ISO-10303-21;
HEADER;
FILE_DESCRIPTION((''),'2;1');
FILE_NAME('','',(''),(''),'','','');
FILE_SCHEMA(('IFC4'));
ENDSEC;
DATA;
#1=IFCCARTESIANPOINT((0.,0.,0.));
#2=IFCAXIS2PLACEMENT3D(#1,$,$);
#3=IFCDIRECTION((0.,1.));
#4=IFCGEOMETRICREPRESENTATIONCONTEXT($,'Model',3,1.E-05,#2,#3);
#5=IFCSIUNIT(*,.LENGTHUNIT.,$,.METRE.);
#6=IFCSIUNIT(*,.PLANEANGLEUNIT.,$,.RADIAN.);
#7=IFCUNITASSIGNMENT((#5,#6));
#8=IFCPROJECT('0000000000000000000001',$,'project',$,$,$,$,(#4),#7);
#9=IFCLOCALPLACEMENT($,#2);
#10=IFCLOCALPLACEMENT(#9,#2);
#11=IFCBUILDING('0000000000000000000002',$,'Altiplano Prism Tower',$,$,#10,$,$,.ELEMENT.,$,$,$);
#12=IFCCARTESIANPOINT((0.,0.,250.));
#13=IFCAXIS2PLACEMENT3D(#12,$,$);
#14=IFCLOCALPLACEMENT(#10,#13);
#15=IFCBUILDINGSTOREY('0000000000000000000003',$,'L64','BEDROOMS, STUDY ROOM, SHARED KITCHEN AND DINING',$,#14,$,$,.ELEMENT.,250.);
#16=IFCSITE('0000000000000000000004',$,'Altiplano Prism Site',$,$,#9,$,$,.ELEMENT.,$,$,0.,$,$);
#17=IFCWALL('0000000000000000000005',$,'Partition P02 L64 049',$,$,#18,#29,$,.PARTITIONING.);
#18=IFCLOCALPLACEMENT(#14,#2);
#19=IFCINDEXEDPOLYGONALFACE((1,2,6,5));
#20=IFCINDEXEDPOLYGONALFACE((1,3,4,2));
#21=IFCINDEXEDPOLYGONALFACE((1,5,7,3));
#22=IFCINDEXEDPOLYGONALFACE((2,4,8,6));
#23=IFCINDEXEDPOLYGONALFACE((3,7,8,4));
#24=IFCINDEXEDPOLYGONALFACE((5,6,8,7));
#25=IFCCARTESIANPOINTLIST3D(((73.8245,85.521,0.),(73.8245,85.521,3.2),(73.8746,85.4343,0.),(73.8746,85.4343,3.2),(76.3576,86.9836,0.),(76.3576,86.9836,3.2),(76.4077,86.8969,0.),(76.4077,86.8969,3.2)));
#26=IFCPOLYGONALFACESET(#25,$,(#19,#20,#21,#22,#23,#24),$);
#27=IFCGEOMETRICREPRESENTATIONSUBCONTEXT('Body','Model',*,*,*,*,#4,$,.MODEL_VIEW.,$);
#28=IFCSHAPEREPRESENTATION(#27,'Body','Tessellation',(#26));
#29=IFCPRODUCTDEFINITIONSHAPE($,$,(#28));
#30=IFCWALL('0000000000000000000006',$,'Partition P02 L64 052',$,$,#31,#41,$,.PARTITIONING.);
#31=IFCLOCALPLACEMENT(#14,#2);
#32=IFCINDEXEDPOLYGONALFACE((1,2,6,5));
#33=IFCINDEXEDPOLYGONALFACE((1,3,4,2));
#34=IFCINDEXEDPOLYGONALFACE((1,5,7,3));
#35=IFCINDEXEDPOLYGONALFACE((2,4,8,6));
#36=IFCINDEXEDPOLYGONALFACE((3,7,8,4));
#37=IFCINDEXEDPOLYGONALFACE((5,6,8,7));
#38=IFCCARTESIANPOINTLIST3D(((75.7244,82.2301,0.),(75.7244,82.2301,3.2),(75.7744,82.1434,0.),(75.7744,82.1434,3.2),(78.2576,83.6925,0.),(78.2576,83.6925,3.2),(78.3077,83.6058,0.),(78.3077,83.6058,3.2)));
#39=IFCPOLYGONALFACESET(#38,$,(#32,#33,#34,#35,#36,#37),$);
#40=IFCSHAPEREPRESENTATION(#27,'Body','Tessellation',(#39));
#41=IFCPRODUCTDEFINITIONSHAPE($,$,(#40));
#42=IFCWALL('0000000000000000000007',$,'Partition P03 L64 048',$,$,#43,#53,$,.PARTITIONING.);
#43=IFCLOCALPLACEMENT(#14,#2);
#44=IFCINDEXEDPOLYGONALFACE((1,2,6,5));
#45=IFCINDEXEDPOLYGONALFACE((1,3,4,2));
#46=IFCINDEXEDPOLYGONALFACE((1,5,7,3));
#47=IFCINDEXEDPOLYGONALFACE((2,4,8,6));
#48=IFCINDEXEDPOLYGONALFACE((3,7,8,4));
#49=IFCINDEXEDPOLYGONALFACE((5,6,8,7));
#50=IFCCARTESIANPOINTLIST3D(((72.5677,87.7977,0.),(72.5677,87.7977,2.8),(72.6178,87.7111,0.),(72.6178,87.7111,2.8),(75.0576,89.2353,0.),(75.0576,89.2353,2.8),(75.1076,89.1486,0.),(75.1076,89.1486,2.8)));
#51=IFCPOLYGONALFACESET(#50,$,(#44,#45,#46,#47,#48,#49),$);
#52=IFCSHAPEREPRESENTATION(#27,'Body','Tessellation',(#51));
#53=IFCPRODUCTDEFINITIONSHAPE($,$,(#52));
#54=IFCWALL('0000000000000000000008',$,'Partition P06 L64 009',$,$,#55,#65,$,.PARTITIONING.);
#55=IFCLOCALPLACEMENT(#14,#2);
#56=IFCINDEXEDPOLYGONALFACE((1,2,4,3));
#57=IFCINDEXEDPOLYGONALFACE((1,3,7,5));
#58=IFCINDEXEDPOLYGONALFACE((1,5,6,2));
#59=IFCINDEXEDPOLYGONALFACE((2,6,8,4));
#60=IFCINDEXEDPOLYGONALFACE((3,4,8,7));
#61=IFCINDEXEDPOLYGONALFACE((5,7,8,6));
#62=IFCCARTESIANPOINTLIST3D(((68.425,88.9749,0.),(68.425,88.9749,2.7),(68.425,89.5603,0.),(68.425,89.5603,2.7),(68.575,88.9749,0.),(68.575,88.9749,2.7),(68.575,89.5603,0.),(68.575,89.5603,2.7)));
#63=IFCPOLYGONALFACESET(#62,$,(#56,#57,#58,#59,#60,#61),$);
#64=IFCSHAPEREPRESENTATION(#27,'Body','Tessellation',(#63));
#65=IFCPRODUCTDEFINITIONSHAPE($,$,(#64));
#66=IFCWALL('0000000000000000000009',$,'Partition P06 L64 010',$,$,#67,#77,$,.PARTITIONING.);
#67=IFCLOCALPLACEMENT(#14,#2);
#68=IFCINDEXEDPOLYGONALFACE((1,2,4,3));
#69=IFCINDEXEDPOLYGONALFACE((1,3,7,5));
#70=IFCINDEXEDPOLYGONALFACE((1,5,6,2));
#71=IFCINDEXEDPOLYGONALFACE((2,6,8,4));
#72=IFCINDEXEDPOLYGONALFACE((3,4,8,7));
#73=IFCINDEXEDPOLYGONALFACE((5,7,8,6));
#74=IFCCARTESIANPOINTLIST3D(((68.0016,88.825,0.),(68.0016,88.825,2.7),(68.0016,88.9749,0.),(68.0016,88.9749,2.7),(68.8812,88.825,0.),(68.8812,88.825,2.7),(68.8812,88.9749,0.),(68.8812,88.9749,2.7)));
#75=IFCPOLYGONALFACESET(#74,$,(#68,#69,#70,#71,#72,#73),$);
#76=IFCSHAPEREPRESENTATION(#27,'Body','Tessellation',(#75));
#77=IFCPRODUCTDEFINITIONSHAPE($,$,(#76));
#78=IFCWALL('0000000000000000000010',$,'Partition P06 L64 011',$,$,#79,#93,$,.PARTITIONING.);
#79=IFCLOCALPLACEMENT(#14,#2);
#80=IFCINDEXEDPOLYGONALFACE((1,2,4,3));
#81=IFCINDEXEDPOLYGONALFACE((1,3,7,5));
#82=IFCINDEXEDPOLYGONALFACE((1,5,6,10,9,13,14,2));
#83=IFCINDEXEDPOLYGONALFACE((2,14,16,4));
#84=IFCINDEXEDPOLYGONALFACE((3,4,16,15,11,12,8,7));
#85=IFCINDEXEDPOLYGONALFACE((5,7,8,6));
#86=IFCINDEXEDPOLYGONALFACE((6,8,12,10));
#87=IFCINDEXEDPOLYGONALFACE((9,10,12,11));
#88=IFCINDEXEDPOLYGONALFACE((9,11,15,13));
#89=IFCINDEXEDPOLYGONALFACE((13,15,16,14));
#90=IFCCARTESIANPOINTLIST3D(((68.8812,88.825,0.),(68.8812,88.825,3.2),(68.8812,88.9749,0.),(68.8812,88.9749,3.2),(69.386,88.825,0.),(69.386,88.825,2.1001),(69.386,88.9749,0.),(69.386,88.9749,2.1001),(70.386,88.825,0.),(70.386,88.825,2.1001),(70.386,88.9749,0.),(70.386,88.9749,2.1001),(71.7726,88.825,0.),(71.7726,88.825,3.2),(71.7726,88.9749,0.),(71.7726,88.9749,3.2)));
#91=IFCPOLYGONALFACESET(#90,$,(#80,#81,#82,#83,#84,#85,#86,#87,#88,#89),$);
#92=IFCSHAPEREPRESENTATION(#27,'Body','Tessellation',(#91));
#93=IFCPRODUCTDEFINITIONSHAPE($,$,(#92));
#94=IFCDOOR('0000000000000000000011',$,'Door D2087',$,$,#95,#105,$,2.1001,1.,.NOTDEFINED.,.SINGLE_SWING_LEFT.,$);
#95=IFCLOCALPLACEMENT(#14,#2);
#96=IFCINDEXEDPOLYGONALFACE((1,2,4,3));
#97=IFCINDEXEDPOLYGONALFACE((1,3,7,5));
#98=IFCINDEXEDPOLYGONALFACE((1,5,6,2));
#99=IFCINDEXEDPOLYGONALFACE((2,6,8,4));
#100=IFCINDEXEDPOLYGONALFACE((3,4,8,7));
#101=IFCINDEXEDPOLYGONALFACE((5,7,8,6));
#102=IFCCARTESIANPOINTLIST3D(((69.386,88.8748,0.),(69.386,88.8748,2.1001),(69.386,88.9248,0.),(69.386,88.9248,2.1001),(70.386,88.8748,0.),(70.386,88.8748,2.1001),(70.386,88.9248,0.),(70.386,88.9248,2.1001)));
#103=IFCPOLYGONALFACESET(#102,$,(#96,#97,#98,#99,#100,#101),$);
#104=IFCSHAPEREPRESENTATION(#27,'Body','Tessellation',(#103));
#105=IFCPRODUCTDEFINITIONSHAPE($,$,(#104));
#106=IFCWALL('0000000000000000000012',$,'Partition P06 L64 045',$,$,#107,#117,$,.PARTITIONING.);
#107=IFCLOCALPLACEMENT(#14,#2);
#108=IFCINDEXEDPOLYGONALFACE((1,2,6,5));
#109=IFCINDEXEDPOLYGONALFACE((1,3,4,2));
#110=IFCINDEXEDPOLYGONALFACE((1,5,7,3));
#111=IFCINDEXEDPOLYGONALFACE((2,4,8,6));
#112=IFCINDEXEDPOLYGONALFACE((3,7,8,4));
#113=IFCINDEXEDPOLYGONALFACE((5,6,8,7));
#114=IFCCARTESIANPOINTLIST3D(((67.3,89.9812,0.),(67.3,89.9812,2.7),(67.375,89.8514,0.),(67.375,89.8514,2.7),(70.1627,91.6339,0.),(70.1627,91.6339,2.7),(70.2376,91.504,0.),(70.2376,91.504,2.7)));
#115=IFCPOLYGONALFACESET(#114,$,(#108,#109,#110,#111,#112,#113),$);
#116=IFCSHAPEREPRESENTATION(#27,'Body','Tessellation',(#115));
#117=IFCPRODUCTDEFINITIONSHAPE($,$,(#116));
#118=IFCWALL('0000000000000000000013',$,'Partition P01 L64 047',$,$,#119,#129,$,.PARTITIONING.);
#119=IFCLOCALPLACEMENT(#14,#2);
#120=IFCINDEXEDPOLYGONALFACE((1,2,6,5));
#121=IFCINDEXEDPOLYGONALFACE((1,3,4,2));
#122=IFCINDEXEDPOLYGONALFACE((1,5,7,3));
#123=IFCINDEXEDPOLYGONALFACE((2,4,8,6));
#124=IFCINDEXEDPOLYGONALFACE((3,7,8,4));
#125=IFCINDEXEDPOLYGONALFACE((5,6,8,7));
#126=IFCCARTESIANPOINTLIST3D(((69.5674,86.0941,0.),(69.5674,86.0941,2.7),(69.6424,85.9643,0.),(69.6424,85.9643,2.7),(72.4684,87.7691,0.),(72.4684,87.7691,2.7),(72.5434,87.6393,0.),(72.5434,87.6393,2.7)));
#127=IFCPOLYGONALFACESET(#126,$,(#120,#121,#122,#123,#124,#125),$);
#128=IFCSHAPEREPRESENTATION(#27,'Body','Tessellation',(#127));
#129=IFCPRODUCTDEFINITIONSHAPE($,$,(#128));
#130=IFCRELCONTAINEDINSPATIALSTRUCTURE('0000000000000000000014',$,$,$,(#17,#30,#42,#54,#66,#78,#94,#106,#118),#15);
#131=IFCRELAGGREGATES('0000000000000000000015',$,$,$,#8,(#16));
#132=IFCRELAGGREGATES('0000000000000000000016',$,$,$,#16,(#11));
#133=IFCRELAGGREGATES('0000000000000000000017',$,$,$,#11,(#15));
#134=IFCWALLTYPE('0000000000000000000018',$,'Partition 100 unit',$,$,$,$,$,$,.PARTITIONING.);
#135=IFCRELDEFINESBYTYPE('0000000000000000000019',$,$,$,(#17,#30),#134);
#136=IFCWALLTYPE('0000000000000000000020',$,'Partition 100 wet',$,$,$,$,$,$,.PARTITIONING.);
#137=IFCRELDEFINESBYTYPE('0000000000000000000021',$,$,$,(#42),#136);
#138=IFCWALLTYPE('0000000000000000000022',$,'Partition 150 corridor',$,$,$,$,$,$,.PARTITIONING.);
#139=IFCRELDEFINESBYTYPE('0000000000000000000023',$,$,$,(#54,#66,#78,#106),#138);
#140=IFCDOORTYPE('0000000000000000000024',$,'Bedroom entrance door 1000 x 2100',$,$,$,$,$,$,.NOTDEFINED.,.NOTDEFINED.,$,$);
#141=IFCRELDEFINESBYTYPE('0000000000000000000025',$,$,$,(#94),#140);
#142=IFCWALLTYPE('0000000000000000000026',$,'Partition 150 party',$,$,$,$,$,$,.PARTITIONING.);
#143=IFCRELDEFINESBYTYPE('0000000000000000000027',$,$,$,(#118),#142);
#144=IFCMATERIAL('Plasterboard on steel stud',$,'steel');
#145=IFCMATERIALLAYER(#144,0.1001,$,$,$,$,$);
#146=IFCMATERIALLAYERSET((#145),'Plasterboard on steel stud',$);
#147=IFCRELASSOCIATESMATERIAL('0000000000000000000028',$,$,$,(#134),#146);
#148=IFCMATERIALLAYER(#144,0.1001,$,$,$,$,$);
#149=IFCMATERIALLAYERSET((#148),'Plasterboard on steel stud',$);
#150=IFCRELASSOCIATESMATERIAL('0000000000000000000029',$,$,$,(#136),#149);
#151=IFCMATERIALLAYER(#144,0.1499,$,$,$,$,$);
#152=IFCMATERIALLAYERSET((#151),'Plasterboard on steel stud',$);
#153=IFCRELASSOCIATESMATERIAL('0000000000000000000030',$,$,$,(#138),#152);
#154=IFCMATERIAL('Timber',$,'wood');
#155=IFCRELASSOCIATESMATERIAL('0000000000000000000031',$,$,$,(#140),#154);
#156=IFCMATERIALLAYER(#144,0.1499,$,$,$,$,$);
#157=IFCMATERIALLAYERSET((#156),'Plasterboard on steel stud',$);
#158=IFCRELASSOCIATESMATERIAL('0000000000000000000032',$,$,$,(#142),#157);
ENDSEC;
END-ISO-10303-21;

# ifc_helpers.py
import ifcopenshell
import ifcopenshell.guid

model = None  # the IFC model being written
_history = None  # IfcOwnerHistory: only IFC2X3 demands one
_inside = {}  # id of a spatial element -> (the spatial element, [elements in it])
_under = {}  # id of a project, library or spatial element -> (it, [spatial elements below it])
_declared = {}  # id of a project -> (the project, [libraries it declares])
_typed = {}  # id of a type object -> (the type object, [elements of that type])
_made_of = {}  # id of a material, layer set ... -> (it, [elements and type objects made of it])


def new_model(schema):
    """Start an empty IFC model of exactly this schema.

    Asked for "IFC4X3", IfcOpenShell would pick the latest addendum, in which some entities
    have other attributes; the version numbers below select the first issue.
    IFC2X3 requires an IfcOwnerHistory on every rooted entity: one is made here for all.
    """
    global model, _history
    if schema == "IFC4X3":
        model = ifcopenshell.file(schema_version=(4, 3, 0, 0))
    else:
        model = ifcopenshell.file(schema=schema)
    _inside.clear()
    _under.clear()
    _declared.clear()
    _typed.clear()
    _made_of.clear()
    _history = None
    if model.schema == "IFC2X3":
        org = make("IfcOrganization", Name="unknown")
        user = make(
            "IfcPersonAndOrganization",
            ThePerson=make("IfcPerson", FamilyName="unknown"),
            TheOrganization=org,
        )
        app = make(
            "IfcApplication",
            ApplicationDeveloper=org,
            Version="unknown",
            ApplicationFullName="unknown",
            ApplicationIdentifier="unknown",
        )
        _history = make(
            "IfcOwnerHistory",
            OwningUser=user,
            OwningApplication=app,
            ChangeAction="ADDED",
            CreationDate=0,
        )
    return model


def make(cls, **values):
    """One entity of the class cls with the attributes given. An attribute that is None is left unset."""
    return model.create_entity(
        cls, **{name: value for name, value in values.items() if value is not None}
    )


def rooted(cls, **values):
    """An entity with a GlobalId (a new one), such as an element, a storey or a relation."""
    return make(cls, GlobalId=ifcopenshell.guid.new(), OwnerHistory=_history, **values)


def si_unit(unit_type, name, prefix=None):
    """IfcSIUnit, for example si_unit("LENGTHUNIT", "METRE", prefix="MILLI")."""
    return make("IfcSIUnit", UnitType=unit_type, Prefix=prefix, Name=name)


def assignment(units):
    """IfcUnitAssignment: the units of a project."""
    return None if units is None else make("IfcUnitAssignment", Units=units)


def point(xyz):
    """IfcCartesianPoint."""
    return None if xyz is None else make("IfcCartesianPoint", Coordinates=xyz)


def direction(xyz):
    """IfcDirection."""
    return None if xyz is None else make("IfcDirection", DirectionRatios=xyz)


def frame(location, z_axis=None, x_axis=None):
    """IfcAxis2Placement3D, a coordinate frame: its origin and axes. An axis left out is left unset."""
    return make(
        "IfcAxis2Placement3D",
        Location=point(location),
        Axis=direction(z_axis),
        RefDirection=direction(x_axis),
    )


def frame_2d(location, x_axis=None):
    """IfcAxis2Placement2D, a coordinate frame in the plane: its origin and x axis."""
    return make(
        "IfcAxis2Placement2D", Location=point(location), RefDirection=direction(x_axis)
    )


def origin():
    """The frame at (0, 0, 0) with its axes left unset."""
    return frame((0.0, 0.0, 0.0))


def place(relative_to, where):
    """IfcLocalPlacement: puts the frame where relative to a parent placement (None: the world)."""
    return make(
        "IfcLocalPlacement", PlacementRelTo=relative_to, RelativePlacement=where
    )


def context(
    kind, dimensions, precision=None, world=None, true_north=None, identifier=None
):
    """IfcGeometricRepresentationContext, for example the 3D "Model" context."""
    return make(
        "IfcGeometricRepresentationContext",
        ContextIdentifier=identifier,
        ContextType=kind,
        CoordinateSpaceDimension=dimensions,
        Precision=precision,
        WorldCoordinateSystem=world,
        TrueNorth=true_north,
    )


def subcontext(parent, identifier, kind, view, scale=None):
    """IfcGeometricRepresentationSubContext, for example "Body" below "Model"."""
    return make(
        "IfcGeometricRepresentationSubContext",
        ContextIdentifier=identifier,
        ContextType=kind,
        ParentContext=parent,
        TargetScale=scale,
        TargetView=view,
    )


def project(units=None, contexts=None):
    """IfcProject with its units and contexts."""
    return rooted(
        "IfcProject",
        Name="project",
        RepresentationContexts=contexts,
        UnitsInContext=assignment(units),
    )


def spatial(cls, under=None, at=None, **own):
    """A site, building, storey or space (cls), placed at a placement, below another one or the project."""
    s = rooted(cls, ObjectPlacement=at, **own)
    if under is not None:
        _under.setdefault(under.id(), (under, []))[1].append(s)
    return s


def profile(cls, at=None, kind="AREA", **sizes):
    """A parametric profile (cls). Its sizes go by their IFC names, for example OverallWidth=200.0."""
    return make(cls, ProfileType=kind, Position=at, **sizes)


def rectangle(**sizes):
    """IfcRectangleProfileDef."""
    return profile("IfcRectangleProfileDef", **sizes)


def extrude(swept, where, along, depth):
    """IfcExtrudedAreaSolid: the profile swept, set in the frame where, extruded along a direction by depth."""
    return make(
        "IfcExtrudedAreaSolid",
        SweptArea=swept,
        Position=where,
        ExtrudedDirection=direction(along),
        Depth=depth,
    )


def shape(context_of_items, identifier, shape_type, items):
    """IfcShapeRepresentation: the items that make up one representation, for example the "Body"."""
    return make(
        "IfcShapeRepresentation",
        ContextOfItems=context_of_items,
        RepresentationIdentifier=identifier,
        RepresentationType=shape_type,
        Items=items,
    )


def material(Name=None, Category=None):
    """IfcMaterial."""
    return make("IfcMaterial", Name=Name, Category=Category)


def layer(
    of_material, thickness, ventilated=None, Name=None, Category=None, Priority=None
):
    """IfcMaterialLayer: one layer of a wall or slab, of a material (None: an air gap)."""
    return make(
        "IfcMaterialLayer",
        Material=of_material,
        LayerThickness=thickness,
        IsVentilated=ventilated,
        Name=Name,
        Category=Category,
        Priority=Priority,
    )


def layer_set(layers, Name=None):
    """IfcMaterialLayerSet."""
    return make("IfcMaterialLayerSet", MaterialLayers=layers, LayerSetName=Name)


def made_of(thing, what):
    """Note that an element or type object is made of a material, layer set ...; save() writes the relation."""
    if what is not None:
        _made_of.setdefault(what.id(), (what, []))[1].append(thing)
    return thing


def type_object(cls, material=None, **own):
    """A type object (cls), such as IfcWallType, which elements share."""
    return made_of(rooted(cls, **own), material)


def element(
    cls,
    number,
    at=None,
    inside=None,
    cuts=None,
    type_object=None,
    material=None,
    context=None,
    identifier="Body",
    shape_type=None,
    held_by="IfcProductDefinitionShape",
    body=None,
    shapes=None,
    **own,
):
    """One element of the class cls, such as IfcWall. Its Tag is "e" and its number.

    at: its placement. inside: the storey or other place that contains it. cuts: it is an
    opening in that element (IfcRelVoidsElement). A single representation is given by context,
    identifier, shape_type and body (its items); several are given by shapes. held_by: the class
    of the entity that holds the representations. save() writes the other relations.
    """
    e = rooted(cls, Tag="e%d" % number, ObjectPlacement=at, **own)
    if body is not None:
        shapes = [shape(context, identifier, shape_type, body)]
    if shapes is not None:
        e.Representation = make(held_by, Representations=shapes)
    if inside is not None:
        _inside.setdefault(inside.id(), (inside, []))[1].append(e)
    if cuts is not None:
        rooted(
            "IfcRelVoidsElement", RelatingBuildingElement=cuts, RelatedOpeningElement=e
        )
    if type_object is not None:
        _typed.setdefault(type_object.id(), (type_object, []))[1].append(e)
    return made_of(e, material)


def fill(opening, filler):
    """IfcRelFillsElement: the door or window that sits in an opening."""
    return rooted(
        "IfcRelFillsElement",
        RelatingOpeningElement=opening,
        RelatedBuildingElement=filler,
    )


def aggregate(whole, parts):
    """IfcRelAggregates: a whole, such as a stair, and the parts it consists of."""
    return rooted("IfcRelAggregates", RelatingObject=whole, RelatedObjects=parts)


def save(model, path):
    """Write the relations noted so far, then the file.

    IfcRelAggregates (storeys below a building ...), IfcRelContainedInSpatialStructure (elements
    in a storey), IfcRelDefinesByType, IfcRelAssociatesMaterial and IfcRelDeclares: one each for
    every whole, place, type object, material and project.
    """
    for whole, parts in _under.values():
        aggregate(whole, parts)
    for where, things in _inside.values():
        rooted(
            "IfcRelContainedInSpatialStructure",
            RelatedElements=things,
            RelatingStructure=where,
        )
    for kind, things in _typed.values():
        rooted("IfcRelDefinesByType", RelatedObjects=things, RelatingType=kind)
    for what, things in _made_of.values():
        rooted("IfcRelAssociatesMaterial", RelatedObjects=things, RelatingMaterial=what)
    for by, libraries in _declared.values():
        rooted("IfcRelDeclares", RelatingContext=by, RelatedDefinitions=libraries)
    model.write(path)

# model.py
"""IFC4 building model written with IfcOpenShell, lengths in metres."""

from ifc_helpers import new_model, si_unit, direction, frame, frame_2d, origin, place, context, subcontext, project, spatial, rectangle, extrude, material, layer, layer_set, type_object, element, fill, save


model = new_model("IFC4")

# Units and contexts
model_context = context("Model", 3, precision=1e-05, world=origin(), true_north=direction((0.0, 1.0)))
body_context = subcontext(model_context, "Body", "Model", "MODEL_VIEW")
ifc_project = project(units=[si_unit("LENGTHUNIT", "METRE"), si_unit("PLANEANGLEUNIT", "RADIAN")], contexts=[model_context])

# Site, building, storey
site_placement = place(None, origin())
site = spatial("IfcSite", under=ifc_project, at=site_placement, Name="Altiplano Prism Site", CompositionType="ELEMENT", RefElevation=0.0)
building_placement = place(site_placement, origin())
building = spatial("IfcBuilding", under=site, at=building_placement, Name="Altiplano Prism Tower", CompositionType="ELEMENT")
storey_placement = place(building_placement, frame((0.0, 0.0, 250.0)))
storey = spatial("IfcBuildingStorey", under=building, at=storey_placement, Name="L64", Description="BEDROOMS, STUDY ROOM, SHARED KITCHEN AND DINING", CompositionType="ELEMENT", Elevation=250.0)

# Shared definitions
ifc_material_1 = material(Name="Plasterboard on steel stud", Category="steel")
ifc_layer_1 = layer(ifc_material_1, 0.1001)
ifc_layer_set_1 = layer_set([ifc_layer_1], Name="Plasterboard on steel stud")
wall_type_1 = type_object("IfcWallType", Name="Partition 100 unit", PredefinedType="PARTITIONING", material=ifc_layer_set_1)
ifc_material_2 = material(Name="Timber", Category="wood")

# Walls
for number, where, z_axis, x_axis, name in (
    (1, (76.3826, 86.9402, 0.0), (0.0, 0.0, 1.0), (-0.86601, -0.500026, 0.0), "Partition P02 L64 049"),
    (2, (75.7495, 82.1868, 0.0), (0.0, 0.0, 1.0), (0.866047, 0.499963, 0.0), "Partition P02 L64 052"),
):
    element("IfcWall", number, at=place(storey_placement, frame(where, z_axis=z_axis, x_axis=x_axis)), inside=storey, type_object=wall_type_1, Name=name, PredefinedType="PARTITIONING", context=body_context, shape_type="SweptSolid", body=[
        extrude(rectangle(XDim=2.925, YDim=0.1001, at=frame_2d((1.4624, 0.0))), origin(), (0.0, 0.0, 1.0), 3.2),
    ])
ifc_layer_2 = layer(ifc_material_1, 0.1001)
ifc_layer_set_2 = layer_set([ifc_layer_2], Name="Plasterboard on steel stud")
wall_type_2 = type_object("IfcWallType", Name="Partition 100 wet", PredefinedType="PARTITIONING", material=ifc_layer_set_2)
wall_1_placement = place(storey_placement, frame((72.5928, 87.7544, 0.0), z_axis=(0.0, 0.0, 1.0), x_axis=(0.866019, 0.500012, 0.0)))
element("IfcWall", 3, at=wall_1_placement, inside=storey, type_object=wall_type_2, Name="Partition P03 L64 048", PredefinedType="PARTITIONING", context=body_context, shape_type="SweptSolid", body=[
    extrude(rectangle(XDim=2.875, YDim=0.1001, at=frame_2d((1.4375, 0.0))), origin(), (0.0, 0.0, 1.0), 2.8),
])
ifc_layer_3 = layer(ifc_material_1, 0.1499)
ifc_layer_set_3 = layer_set([ifc_layer_3], Name="Plasterboard on steel stud")
wall_type_3 = type_object("IfcWallType", Name="Partition 150 corridor", PredefinedType="PARTITIONING", material=ifc_layer_set_3)
wall_2_placement = place(storey_placement, frame((68.5, 89.5603, 0.0), z_axis=(0.0, 0.0, 1.0), x_axis=(0.0, -1.0, 0.0)))
element("IfcWall", 4, at=wall_2_placement, inside=storey, type_object=wall_type_3, Name="Partition P06 L64 009", PredefinedType="PARTITIONING", context=body_context, shape_type="SweptSolid", body=[
    extrude(rectangle(XDim=0.5854, YDim=0.1499, at=frame_2d((0.2927, 0.0))), origin(), (0.0, 0.0, 1.0), 2.7),
])
wall_3_placement = place(storey_placement, frame((68.0015, 88.8999, 0.0), z_axis=(0.0, 0.0, 1.0), x_axis=(1.0, 0.0, 0.0)))
element("IfcWall", 5, at=wall_3_placement, inside=storey, type_object=wall_type_3, Name="Partition P06 L64 010", PredefinedType="PARTITIONING", context=body_context, shape_type="SweptSolid", body=[
    extrude(rectangle(XDim=0.8796, YDim=0.1499, at=frame_2d((0.4399, 0.0))), origin(), (0.0, 0.0, 1.0), 2.7),
])

# Wall, opening, door
wall_4_placement = place(storey_placement, frame((68.8811, 88.8999, 0.0), z_axis=(0.0, 0.0, 1.0), x_axis=(1.0, 0.0, 0.0)))
wall_4 = element("IfcWall", 6, at=wall_4_placement, inside=storey, type_object=wall_type_3, Name="Partition P06 L64 011", PredefinedType="PARTITIONING", context=body_context, shape_type="SweptSolid", body=[
    extrude(rectangle(XDim=2.8914, YDim=0.1499, at=frame_2d((1.4458, 0.0))), origin(), (0.0, 0.0, 1.0), 3.2),
])
opening_1_placement = place(wall_4_placement, frame((0.5049, 0.0, 0.0)))
opening_1 = element("IfcOpeningElement", 7, at=opening_1_placement, cuts=wall_4, PredefinedType="OPENING", context=body_context, shape_type="SweptSolid", body=[
    extrude(rectangle(XDim=1.0, YDim=2.1001, at=frame_2d((0.5, 1.05))), frame((0.0, 0.0854, 0.0), z_axis=(0.0, -1.0, 0.0), x_axis=(1.0, 0.0, 0.0)), (0.0, 0.0, 1.0), 0.1709),
])
door_type_1 = type_object("IfcDoorType", Name="Bedroom entrance door 1000 x 2100", OperationType="NOTDEFINED", PredefinedType="NOTDEFINED", material=ifc_material_2)
door_1_placement = place(opening_1_placement, origin())
door_1 = element("IfcDoor", 8, at=door_1_placement, inside=storey, type_object=door_type_1, Name="Door D2087", OperationType="SINGLE_SWING_LEFT", OverallHeight=2.1001, OverallWidth=1.0, PredefinedType="NOTDEFINED", context=body_context, shape_type="SweptSolid", body=[
    extrude(rectangle(XDim=1.0, YDim=2.1001, at=frame_2d((0.5, 1.05))), frame((0.0, 0.0249, 0.0), z_axis=(0.0, -1.0, 0.0), x_axis=(1.0, 0.0, 0.0)), (0.0, 0.0, 1.0), 0.05),
])
fill(opening_1, door_1)

# Walls
wall_5_placement = place(storey_placement, frame((67.3374, 89.9163, 0.0), z_axis=(0.0, 0.0, 1.0), x_axis=(0.866039, 0.499976, 0.0)))
element("IfcWall", 9, at=wall_5_placement, inside=storey, type_object=wall_type_3, Name="Partition P06 L64 045", PredefinedType="PARTITIONING", context=body_context, shape_type="SweptSolid", body=[
    extrude(rectangle(XDim=3.3054, YDim=0.1499, at=frame_2d((1.6528, 0.0))), origin(), (0.0, 0.0, 1.0), 2.7),
])
ifc_layer_4 = layer(ifc_material_1, 0.1499)
ifc_layer_set_4 = layer_set([ifc_layer_4], Name="Plasterboard on steel stud")
wall_type_4 = type_object("IfcWallType", Name="Partition 150 party", PredefinedType="PARTITIONING", material=ifc_layer_set_4)
wall_6_placement = place(storey_placement, frame((69.605, 86.0293, 0.0), z_axis=(0.0, 0.0, 1.0), x_axis=(0.866014, 0.500019, 0.0)))
element("IfcWall", 10, at=wall_6_placement, inside=storey, type_object=wall_type_4, Name="Partition P01 L64 047", PredefinedType="PARTITIONING", context=body_context, shape_type="SweptSolid", body=[
    extrude(rectangle(XDim=3.3499, YDim=0.1499, at=frame_2d((1.6748, 0.0))), origin(), (0.0, 0.0, 1.0), 2.7),
])

save(model, "model.ifc")
